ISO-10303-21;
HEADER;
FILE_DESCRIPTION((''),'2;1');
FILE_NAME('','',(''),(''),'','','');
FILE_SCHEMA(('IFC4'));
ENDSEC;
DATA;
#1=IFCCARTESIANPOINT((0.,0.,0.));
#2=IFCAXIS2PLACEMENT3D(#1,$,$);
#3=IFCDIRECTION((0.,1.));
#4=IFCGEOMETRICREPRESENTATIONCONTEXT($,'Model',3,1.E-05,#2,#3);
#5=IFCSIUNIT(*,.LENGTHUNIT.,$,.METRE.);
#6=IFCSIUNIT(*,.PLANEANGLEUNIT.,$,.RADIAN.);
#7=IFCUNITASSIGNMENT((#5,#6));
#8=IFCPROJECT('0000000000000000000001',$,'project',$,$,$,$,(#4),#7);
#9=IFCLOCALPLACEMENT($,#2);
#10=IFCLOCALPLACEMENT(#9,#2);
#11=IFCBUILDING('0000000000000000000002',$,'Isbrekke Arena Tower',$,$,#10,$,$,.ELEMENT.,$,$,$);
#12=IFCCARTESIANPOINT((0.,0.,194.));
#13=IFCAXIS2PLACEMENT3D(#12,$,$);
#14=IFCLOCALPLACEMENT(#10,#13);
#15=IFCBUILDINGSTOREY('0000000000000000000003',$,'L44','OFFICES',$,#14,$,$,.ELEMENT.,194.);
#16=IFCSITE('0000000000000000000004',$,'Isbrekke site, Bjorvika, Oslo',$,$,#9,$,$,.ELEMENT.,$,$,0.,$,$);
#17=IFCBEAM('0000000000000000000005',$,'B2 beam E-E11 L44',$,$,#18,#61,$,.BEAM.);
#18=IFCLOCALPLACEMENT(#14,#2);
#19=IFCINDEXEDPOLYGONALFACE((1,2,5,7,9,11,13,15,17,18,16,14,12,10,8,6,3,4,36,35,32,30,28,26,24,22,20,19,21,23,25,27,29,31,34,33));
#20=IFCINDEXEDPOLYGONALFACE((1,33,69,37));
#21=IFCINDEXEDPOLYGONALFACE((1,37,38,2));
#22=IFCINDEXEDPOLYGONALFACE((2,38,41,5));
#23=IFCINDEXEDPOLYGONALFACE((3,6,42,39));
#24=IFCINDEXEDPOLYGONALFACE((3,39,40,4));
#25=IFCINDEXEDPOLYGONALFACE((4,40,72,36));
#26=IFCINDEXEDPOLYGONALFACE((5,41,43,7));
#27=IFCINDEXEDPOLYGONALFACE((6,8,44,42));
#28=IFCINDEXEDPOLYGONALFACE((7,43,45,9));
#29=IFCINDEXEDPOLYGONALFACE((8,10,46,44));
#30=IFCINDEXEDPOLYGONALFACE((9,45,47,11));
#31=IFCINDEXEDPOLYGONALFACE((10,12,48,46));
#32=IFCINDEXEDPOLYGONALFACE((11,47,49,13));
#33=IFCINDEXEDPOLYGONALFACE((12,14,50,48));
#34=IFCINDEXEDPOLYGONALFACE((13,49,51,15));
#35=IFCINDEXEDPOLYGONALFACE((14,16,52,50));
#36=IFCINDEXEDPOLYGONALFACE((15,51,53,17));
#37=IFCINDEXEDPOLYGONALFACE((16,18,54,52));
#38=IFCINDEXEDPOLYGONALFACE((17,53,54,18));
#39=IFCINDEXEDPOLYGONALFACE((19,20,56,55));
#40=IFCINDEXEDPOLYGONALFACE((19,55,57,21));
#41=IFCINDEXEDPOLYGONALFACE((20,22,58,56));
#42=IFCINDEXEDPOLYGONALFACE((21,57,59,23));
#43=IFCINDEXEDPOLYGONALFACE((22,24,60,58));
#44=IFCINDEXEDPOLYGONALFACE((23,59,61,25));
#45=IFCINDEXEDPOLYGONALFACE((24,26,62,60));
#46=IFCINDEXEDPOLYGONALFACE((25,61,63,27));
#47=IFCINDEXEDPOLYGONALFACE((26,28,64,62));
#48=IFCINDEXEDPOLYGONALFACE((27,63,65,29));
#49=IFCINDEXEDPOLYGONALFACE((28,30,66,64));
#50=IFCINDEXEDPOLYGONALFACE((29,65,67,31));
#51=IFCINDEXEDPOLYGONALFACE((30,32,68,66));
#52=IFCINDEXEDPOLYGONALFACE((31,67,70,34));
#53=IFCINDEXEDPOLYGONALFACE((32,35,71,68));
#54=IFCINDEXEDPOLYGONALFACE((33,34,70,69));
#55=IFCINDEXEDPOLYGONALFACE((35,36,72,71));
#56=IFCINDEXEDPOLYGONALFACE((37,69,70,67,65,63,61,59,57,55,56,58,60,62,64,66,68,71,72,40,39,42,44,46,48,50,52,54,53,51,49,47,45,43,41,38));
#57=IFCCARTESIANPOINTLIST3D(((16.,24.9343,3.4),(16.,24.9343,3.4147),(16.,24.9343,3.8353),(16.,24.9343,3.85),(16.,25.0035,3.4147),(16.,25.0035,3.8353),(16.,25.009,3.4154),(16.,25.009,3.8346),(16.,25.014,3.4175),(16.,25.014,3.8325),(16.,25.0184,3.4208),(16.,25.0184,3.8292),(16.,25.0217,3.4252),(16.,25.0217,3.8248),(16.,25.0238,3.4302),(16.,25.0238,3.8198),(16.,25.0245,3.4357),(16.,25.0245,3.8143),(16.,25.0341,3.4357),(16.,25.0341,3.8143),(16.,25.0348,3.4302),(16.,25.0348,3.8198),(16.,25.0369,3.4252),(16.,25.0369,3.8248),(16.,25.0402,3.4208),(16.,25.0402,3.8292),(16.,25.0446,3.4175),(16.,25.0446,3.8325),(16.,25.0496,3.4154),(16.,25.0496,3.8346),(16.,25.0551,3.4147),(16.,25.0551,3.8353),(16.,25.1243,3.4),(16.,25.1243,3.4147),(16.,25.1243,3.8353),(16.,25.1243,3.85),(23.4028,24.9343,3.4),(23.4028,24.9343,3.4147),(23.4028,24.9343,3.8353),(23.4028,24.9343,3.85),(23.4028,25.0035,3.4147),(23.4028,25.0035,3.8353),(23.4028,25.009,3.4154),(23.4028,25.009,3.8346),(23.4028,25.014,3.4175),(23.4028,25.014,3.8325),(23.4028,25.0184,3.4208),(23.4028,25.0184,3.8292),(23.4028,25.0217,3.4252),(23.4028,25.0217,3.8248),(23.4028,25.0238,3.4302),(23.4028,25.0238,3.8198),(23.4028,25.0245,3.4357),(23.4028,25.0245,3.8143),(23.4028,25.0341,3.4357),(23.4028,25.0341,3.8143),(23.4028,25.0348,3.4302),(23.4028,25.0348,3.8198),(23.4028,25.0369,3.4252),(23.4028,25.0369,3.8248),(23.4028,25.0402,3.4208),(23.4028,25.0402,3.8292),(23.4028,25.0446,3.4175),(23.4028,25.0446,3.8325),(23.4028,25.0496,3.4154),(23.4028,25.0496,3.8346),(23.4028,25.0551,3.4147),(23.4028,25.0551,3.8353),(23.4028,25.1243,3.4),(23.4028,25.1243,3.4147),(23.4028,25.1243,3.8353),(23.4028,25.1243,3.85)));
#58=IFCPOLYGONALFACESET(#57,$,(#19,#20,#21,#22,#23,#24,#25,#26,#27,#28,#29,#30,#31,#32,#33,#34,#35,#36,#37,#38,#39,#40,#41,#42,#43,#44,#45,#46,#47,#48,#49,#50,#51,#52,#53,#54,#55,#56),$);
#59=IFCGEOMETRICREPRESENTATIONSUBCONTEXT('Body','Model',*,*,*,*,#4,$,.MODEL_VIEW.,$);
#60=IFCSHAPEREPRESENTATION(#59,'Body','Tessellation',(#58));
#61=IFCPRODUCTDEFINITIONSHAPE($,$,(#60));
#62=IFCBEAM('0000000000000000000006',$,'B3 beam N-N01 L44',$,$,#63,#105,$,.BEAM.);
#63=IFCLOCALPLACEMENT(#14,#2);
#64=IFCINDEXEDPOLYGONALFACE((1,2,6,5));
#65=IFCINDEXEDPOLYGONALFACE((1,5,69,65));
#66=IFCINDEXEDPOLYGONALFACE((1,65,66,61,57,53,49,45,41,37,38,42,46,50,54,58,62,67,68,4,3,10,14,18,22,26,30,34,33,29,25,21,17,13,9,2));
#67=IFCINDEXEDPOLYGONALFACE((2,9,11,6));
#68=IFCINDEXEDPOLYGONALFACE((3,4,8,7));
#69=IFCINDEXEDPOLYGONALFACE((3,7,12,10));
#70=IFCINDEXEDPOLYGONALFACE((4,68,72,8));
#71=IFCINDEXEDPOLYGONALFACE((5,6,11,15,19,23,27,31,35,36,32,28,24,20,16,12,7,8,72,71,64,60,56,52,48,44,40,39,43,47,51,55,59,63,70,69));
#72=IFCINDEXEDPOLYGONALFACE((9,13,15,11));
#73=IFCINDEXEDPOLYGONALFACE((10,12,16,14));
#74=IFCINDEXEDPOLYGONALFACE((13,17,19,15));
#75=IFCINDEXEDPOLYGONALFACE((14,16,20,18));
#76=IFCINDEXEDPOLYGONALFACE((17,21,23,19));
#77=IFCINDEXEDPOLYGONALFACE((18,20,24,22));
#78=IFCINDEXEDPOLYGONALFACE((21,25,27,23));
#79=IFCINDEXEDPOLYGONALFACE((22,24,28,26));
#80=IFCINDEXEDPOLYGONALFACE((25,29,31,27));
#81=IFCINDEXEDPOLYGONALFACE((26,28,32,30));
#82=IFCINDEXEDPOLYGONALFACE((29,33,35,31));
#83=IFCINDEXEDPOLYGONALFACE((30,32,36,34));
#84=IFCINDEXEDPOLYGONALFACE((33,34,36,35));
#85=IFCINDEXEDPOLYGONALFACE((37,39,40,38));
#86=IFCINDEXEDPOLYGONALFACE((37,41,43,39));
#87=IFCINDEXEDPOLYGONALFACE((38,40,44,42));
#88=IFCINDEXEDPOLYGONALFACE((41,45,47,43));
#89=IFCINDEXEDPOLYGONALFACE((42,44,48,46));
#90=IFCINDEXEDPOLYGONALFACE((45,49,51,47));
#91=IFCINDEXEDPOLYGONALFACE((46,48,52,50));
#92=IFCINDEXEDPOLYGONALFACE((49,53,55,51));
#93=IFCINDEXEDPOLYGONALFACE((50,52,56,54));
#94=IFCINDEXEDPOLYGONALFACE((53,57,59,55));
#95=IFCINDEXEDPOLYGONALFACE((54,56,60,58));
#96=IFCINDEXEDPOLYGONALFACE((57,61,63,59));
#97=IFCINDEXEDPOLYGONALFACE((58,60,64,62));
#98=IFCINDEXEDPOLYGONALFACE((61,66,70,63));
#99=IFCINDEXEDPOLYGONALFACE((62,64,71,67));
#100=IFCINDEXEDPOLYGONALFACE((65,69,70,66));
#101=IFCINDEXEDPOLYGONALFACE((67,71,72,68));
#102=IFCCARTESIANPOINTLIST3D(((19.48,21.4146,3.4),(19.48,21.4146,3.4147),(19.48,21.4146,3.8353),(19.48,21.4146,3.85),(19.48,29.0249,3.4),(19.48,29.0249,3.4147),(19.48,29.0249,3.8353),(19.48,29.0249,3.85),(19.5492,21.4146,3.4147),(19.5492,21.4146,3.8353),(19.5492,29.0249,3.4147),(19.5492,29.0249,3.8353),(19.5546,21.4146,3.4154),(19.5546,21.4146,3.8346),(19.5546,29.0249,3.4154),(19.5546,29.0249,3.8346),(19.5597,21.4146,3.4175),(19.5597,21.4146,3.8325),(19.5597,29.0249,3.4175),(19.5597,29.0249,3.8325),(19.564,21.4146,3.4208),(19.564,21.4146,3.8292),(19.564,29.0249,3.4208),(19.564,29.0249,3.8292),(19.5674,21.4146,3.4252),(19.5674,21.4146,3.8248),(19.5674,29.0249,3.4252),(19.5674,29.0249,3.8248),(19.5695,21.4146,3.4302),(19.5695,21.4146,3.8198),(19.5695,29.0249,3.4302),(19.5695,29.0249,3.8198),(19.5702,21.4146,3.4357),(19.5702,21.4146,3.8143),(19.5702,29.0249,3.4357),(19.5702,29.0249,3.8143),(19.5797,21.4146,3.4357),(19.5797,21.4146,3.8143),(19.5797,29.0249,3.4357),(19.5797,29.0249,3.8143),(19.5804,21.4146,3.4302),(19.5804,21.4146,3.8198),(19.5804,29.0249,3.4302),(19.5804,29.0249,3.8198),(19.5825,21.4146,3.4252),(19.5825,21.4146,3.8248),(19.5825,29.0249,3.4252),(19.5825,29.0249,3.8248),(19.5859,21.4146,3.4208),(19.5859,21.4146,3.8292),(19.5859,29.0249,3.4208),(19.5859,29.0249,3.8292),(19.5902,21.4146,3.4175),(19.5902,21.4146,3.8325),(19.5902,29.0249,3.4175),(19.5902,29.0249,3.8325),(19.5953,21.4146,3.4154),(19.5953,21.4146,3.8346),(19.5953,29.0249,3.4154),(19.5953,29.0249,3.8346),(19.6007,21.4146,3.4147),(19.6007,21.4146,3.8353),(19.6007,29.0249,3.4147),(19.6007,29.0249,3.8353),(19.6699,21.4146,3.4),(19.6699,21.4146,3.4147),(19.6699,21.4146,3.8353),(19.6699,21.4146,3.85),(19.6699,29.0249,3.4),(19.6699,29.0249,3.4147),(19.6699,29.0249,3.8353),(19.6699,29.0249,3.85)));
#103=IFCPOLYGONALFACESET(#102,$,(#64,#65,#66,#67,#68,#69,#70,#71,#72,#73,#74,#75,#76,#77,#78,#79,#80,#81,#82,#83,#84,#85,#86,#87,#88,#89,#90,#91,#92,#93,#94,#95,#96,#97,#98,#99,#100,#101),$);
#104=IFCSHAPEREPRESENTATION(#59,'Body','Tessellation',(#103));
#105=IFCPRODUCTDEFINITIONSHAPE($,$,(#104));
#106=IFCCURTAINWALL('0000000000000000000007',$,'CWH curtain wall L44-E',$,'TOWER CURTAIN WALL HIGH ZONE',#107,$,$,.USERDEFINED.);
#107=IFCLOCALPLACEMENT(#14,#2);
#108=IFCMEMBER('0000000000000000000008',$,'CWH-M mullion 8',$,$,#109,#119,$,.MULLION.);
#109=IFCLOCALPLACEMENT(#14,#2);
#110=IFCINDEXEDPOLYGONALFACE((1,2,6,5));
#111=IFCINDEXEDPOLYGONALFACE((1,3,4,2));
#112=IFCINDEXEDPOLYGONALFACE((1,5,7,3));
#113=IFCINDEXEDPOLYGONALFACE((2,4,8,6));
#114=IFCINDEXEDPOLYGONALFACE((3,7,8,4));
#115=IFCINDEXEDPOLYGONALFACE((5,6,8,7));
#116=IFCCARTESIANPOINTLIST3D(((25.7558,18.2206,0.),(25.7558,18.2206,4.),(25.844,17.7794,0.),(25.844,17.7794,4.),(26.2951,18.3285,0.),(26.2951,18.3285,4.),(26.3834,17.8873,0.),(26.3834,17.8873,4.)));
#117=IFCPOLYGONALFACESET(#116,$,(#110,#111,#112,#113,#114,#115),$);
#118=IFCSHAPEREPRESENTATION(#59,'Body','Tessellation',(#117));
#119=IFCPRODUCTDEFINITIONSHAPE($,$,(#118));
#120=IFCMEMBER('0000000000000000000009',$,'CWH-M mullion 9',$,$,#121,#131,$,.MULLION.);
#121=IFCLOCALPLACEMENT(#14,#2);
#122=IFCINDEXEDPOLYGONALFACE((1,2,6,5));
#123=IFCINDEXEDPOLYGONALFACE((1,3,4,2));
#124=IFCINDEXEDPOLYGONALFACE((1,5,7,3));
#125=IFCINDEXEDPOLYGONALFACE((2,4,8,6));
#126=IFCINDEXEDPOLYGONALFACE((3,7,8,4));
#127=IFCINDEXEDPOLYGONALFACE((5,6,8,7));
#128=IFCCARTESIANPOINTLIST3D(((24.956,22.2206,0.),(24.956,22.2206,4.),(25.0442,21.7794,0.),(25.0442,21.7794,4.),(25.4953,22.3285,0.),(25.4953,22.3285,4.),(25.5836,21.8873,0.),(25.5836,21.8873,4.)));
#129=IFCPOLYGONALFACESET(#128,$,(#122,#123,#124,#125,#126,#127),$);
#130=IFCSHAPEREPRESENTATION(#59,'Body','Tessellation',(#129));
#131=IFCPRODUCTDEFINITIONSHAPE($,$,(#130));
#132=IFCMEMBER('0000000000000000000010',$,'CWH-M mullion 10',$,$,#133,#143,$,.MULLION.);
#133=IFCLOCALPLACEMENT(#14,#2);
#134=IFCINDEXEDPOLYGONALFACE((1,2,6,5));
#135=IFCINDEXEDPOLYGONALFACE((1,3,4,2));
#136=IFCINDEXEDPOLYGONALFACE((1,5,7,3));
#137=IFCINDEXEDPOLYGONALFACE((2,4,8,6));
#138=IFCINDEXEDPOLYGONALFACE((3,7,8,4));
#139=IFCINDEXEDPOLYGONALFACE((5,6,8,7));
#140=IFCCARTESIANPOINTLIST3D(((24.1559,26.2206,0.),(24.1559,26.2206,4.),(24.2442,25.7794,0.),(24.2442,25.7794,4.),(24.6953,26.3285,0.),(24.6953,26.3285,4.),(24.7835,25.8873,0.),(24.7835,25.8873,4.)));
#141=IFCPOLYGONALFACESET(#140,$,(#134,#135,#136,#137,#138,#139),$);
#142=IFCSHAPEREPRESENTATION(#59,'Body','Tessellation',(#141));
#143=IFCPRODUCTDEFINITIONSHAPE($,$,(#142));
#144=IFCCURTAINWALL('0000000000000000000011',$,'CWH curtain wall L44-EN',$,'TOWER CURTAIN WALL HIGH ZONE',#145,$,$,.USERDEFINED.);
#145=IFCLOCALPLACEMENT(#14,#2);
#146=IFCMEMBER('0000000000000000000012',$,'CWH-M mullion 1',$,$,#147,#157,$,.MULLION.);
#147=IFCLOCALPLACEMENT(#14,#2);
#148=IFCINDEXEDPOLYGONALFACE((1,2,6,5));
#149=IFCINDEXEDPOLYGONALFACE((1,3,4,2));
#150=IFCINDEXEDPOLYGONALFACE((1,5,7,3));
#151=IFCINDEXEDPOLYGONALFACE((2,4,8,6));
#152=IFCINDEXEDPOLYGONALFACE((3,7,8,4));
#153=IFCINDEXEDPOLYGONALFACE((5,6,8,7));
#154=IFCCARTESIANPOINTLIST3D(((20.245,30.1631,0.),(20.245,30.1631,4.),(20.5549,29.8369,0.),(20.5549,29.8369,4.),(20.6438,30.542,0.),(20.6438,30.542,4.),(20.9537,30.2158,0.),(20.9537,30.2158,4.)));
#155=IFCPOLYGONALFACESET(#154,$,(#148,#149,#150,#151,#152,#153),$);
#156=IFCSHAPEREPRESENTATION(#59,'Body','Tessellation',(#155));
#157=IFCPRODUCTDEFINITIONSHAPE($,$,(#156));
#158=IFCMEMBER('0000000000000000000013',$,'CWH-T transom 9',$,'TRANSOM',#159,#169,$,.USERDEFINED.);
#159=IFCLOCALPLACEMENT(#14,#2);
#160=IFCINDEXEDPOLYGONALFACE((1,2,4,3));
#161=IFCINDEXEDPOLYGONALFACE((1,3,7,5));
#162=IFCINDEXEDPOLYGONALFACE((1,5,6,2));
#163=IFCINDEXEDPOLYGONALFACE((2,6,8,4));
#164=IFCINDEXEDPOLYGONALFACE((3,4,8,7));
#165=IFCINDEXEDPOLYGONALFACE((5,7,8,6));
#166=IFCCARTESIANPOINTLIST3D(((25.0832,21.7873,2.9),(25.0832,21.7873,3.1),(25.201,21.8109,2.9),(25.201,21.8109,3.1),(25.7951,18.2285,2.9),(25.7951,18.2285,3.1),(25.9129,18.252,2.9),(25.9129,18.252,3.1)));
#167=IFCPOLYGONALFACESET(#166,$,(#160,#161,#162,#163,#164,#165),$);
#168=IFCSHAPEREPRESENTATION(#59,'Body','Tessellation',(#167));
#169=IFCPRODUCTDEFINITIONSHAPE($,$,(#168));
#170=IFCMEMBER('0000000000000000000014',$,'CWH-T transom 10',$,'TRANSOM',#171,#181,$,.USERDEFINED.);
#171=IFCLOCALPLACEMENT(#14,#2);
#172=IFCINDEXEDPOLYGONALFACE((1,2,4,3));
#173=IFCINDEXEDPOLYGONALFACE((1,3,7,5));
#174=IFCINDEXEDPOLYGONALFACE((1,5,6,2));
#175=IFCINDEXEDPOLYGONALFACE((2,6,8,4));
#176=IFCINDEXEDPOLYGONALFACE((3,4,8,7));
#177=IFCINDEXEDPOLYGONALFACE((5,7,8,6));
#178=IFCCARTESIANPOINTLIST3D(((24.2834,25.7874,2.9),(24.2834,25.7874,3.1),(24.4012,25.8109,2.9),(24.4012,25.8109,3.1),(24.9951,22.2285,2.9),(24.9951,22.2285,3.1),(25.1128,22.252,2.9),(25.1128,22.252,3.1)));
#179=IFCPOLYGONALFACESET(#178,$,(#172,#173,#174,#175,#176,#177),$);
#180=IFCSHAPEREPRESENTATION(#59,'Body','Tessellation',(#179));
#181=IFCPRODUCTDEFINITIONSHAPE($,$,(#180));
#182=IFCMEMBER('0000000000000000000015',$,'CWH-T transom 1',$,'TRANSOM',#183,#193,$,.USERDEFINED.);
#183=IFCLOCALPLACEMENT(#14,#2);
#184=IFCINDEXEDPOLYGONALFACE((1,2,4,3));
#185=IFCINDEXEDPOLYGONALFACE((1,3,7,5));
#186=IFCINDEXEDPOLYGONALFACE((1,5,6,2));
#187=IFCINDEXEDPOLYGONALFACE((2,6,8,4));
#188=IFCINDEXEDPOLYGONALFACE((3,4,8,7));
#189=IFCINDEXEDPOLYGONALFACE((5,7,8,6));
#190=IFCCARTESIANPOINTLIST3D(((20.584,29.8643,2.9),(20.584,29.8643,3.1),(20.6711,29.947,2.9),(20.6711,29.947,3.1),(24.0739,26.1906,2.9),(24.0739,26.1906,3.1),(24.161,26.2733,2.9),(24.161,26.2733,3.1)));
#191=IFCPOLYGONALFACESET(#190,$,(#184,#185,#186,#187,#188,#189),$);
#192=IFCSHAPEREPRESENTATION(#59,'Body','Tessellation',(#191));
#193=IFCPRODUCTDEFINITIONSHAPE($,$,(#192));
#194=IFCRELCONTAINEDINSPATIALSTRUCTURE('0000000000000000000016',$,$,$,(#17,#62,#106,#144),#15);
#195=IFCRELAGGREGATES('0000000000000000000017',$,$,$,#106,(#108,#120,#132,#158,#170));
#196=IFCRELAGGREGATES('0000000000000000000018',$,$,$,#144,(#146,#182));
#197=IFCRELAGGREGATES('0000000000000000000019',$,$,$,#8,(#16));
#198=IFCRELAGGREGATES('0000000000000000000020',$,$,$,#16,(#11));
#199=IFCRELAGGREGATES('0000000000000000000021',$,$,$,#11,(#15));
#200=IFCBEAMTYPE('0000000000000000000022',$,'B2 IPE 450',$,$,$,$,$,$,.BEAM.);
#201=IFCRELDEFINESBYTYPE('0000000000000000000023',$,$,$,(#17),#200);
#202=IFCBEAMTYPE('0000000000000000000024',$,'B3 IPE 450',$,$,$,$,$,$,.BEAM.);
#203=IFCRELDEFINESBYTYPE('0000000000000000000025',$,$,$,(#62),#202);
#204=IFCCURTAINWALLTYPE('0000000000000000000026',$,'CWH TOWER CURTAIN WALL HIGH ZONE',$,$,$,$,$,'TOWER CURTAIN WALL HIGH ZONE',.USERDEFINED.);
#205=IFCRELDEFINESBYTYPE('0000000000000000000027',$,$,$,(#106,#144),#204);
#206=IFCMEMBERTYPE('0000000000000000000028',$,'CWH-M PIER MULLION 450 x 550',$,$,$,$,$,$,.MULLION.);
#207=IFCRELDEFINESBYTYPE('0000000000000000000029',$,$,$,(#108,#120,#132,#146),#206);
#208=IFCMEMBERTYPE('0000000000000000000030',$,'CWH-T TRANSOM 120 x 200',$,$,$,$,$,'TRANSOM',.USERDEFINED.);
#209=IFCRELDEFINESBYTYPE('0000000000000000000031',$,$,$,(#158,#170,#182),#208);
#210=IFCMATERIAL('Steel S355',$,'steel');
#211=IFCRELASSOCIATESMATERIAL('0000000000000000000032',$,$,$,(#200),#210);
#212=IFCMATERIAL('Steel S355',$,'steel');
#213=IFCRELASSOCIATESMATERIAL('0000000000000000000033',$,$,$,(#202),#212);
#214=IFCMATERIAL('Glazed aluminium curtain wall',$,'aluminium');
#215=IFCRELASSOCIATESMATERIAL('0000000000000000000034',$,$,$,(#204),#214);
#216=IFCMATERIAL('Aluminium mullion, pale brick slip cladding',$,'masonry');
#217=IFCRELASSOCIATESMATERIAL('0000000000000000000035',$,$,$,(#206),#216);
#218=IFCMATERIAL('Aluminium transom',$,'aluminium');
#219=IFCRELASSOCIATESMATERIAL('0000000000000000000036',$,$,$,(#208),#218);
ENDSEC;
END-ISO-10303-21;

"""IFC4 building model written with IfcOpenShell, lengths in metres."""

from ifc_helpers import new_model, si_unit, direction, frame, origin, origin_2d, place, context, subcontext, project, spatial, rectangle, i_section, extrude, material, material_profile, profile_set, type_object, element, aggregate, save


model = new_model("IFC4")

# Units and contexts
model_context = context("Model", 3, precision=1e-05, world=origin(), true_north=direction((0.0, 1.0)))
body_context = subcontext(model_context, "Body", "Model", "MODEL_VIEW")
ifc_project = project(units=[si_unit("LENGTHUNIT", "METRE"), si_unit("PLANEANGLEUNIT", "RADIAN")], contexts=[model_context])

# Site, building, storey
site_placement = place(None, origin())
site = spatial("IfcSite", under=ifc_project, at=site_placement, Name="Isbrekke site, Bjorvika, Oslo", CompositionType="ELEMENT", RefElevation=0.0)
building_placement = place(site_placement, origin())
building = spatial("IfcBuilding", under=site, at=building_placement, Name="Isbrekke Arena Tower", CompositionType="ELEMENT")
storey_placement = place(building_placement, frame((0.0, 0.0, 194.0)))
storey = spatial("IfcBuildingStorey", under=building, at=storey_placement, Name="L44", Description="OFFICES", CompositionType="ELEMENT", Elevation=194.0)

# Beams
ifc_material_1 = material(Name="Steel S355", Category="steel")
ifc_material_profile_1 = material_profile(ifc_material_1, i_section(OverallWidth=0.1899, OverallDepth=0.45, WebThickness=0.0095, FlangeThickness=0.0146, FilletRadius=0.021, at=origin_2d()), Name="IPE 450")
ifc_profile_set_1 = profile_set([ifc_material_profile_1], Name="Steel S355")
beam_type_1 = type_object("IfcBeamType", Name="B2 IPE 450", PredefinedType="BEAM", material=ifc_profile_set_1)
beam_1_placement = place(storey_placement, frame((23.4028, 25.0293, 3.625), z_axis=(-1.0, 0.0, 0.0), x_axis=(0.0, -1.0, 0.0)))
element("IfcBeam", 1, at=beam_1_placement, inside=storey, type_object=beam_type_1, Name="B2 beam E-E11 L44", PredefinedType="BEAM", context=body_context, shape_type="SweptSolid", body=[
    extrude(i_section(OverallWidth=0.1899, OverallDepth=0.45, WebThickness=0.0095, FlangeThickness=0.0146, FilletRadius=0.021, at=origin_2d()), origin(), (0.0, 0.0, 1.0), 7.4028),
])
ifc_material_2 = material(Name="Steel S355", Category="steel")
ifc_material_profile_2 = material_profile(ifc_material_2, i_section(OverallWidth=0.1899, OverallDepth=0.45, WebThickness=0.0095, FlangeThickness=0.0146, FilletRadius=0.021, at=origin_2d()), Name="IPE 450")
ifc_profile_set_2 = profile_set([ifc_material_profile_2], Name="Steel S355")
beam_type_2 = type_object("IfcBeamType", Name="B3 IPE 450", PredefinedType="BEAM", material=ifc_profile_set_2)
beam_2_placement = place(storey_placement, frame((19.575, 29.0249, 3.625), z_axis=(0.0, -1.0, 0.0), x_axis=(1.0, 0.0, 0.0)))
element("IfcBeam", 2, at=beam_2_placement, inside=storey, type_object=beam_type_2, Name="B3 beam N-N01 L44", PredefinedType="BEAM", context=body_context, shape_type="SweptSolid", body=[
    extrude(i_section(OverallWidth=0.1899, OverallDepth=0.45, WebThickness=0.0095, FlangeThickness=0.0146, FilletRadius=0.021, at=origin_2d()), origin(), (0.0, 0.0, 1.0), 7.6104),
])

# Curtain wall, members
ifc_material_3 = material(Name="Glazed aluminium curtain wall", Category="aluminium")
curtain_wall_type = type_object("IfcCurtainWallType", Name="CWH TOWER CURTAIN WALL HIGH ZONE", ElementType="TOWER CURTAIN WALL HIGH ZONE", PredefinedType="USERDEFINED", material=ifc_material_3)
curtain_wall_1_placement = place(storey_placement, origin())
curtain_wall_1 = element("IfcCurtainWall", 3, at=curtain_wall_1_placement, inside=storey, type_object=curtain_wall_type, Name="CWH curtain wall L44-E", ObjectType="TOWER CURTAIN WALL HIGH ZONE", PredefinedType="USERDEFINED")
ifc_material_4 = material(Name="Aluminium mullion, pale brick slip cladding", Category="masonry")
ifc_material_profile_3 = material_profile(ifc_material_4, rectangle(XDim=0.45, YDim=0.55, at=origin_2d()), Name="PIER 450X550")
ifc_profile_set_3 = profile_set([ifc_material_profile_3], Name="Aluminium mullion, pale brick slip cladding")
member_type_1 = type_object("IfcMemberType", Name="CWH-M PIER MULLION 450 x 550", PredefinedType="MULLION", material=ifc_profile_set_3)
member_1_placement = place(storey_placement, frame((26.0696, 18.054, 0.0), z_axis=(0.0, 0.0, 1.0), x_axis=(-0.196116, 0.980581, 0.0)))
member_1 = element("IfcMember", 4, at=member_1_placement, type_object=member_type_1, Name="CWH-M mullion 8", PredefinedType="MULLION", context=body_context, shape_type="SweptSolid", body=[
    extrude(rectangle(XDim=0.45, YDim=0.55, at=origin_2d()), origin(), (0.0, 0.0, 1.0), 4.0),
])
member_2_placement = place(storey_placement, frame((25.2698, 22.054, 0.0), z_axis=(0.0, 0.0, 1.0), x_axis=(-0.196116, 0.980581, 0.0)))
member_2 = element("IfcMember", 5, at=member_2_placement, type_object=member_type_1, Name="CWH-M mullion 9", PredefinedType="MULLION", context=body_context, shape_type="SweptSolid", body=[
    extrude(rectangle(XDim=0.45, YDim=0.55, at=origin_2d()), origin(), (0.0, 0.0, 1.0), 4.0),
])
member_3_placement = place(storey_placement, frame((24.4697, 26.054, 0.0), z_axis=(0.0, 0.0, 1.0), x_axis=(-0.196116, 0.980581, 0.0)))
member_3 = element("IfcMember", 6, at=member_3_placement, type_object=member_type_1, Name="CWH-M mullion 10", PredefinedType="MULLION", context=body_context, shape_type="SweptSolid", body=[
    extrude(rectangle(XDim=0.45, YDim=0.55, at=origin_2d()), origin(), (0.0, 0.0, 1.0), 4.0),
])

# Curtain wall, member
curtain_wall_2_placement = place(storey_placement, origin())
curtain_wall_2 = element("IfcCurtainWall", 7, at=curtain_wall_2_placement, inside=storey, type_object=curtain_wall_type, Name="CWH curtain wall L44-EN", ObjectType="TOWER CURTAIN WALL HIGH ZONE", PredefinedType="USERDEFINED")
member_4_placement = place(storey_placement, frame((20.5994, 30.1895, 0.0), z_axis=(0.0, 0.0, 1.0), x_axis=(-0.688749, 0.724999, 0.0)))
member_4 = element("IfcMember", 8, at=member_4_placement, type_object=member_type_1, Name="CWH-M mullion 1", PredefinedType="MULLION", context=body_context, shape_type="SweptSolid", body=[
    extrude(rectangle(XDim=0.45, YDim=0.55, at=origin_2d()), origin(), (0.0, 0.0, 1.0), 4.0),
])

# Members
ifc_material_5 = material(Name="Aluminium transom", Category="aluminium")
ifc_material_profile_4 = material_profile(ifc_material_5, rectangle(XDim=0.1201, YDim=0.2, at=origin_2d()), Name="TRANSOM 120X200")
ifc_profile_set_4 = profile_set([ifc_material_profile_4], Name="Aluminium transom")
member_type_2 = type_object("IfcMemberType", Name="CWH-T TRANSOM 120 x 200", ElementType="TRANSOM", PredefinedType="USERDEFINED", material=ifc_profile_set_4)
member_5_placement = place(storey_placement, frame((25.854, 18.2402, 3.0), z_axis=(-0.196155, 0.980573, 0.0), x_axis=(-0.980573, -0.196155, 0.0)))
member_5 = element("IfcMember", 9, at=member_5_placement, type_object=member_type_2, Name="CWH-T transom 9", ObjectType="TRANSOM", PredefinedType="USERDEFINED", context=body_context, shape_type="SweptSolid", body=[
    extrude(rectangle(XDim=0.1201, YDim=0.2, at=origin_2d()), origin(), (0.0, 0.0, 1.0), 3.6294),
])
member_6_placement = place(storey_placement, frame((25.054, 22.2402, 3.0), z_axis=(-0.19609, 0.980586, 0.0), x_axis=(-0.980586, -0.19609, 0.0)))
member_6 = element("IfcMember", 10, at=member_6_placement, type_object=member_type_2, Name="CWH-T transom 10", ObjectType="TRANSOM", PredefinedType="USERDEFINED", context=body_context, shape_type="SweptSolid", body=[
    extrude(rectangle(XDim=0.1201, YDim=0.2, at=origin_2d()), origin(), (0.0, 0.0, 1.0), 3.6294),
])
member_7_placement = place(storey_placement, frame((24.1174, 26.2319, 3.0), z_axis=(-0.688734, 0.725014, 0.0), x_axis=(-0.725014, -0.688734, 0.0)))
member_7 = element("IfcMember", 11, at=member_7_placement, type_object=member_type_2, Name="CWH-T transom 1", ObjectType="TRANSOM", PredefinedType="USERDEFINED", context=body_context, shape_type="SweptSolid", body=[
    extrude(rectangle(XDim=0.1201, YDim=0.2, at=origin_2d()), origin(), (0.0, 0.0, 1.0), 5.0671),
])

aggregate(curtain_wall_1, [member_1, member_2, member_3, member_5, member_6])
aggregate(curtain_wall_2, [member_4, member_7])

save(model, "model.ifc")
